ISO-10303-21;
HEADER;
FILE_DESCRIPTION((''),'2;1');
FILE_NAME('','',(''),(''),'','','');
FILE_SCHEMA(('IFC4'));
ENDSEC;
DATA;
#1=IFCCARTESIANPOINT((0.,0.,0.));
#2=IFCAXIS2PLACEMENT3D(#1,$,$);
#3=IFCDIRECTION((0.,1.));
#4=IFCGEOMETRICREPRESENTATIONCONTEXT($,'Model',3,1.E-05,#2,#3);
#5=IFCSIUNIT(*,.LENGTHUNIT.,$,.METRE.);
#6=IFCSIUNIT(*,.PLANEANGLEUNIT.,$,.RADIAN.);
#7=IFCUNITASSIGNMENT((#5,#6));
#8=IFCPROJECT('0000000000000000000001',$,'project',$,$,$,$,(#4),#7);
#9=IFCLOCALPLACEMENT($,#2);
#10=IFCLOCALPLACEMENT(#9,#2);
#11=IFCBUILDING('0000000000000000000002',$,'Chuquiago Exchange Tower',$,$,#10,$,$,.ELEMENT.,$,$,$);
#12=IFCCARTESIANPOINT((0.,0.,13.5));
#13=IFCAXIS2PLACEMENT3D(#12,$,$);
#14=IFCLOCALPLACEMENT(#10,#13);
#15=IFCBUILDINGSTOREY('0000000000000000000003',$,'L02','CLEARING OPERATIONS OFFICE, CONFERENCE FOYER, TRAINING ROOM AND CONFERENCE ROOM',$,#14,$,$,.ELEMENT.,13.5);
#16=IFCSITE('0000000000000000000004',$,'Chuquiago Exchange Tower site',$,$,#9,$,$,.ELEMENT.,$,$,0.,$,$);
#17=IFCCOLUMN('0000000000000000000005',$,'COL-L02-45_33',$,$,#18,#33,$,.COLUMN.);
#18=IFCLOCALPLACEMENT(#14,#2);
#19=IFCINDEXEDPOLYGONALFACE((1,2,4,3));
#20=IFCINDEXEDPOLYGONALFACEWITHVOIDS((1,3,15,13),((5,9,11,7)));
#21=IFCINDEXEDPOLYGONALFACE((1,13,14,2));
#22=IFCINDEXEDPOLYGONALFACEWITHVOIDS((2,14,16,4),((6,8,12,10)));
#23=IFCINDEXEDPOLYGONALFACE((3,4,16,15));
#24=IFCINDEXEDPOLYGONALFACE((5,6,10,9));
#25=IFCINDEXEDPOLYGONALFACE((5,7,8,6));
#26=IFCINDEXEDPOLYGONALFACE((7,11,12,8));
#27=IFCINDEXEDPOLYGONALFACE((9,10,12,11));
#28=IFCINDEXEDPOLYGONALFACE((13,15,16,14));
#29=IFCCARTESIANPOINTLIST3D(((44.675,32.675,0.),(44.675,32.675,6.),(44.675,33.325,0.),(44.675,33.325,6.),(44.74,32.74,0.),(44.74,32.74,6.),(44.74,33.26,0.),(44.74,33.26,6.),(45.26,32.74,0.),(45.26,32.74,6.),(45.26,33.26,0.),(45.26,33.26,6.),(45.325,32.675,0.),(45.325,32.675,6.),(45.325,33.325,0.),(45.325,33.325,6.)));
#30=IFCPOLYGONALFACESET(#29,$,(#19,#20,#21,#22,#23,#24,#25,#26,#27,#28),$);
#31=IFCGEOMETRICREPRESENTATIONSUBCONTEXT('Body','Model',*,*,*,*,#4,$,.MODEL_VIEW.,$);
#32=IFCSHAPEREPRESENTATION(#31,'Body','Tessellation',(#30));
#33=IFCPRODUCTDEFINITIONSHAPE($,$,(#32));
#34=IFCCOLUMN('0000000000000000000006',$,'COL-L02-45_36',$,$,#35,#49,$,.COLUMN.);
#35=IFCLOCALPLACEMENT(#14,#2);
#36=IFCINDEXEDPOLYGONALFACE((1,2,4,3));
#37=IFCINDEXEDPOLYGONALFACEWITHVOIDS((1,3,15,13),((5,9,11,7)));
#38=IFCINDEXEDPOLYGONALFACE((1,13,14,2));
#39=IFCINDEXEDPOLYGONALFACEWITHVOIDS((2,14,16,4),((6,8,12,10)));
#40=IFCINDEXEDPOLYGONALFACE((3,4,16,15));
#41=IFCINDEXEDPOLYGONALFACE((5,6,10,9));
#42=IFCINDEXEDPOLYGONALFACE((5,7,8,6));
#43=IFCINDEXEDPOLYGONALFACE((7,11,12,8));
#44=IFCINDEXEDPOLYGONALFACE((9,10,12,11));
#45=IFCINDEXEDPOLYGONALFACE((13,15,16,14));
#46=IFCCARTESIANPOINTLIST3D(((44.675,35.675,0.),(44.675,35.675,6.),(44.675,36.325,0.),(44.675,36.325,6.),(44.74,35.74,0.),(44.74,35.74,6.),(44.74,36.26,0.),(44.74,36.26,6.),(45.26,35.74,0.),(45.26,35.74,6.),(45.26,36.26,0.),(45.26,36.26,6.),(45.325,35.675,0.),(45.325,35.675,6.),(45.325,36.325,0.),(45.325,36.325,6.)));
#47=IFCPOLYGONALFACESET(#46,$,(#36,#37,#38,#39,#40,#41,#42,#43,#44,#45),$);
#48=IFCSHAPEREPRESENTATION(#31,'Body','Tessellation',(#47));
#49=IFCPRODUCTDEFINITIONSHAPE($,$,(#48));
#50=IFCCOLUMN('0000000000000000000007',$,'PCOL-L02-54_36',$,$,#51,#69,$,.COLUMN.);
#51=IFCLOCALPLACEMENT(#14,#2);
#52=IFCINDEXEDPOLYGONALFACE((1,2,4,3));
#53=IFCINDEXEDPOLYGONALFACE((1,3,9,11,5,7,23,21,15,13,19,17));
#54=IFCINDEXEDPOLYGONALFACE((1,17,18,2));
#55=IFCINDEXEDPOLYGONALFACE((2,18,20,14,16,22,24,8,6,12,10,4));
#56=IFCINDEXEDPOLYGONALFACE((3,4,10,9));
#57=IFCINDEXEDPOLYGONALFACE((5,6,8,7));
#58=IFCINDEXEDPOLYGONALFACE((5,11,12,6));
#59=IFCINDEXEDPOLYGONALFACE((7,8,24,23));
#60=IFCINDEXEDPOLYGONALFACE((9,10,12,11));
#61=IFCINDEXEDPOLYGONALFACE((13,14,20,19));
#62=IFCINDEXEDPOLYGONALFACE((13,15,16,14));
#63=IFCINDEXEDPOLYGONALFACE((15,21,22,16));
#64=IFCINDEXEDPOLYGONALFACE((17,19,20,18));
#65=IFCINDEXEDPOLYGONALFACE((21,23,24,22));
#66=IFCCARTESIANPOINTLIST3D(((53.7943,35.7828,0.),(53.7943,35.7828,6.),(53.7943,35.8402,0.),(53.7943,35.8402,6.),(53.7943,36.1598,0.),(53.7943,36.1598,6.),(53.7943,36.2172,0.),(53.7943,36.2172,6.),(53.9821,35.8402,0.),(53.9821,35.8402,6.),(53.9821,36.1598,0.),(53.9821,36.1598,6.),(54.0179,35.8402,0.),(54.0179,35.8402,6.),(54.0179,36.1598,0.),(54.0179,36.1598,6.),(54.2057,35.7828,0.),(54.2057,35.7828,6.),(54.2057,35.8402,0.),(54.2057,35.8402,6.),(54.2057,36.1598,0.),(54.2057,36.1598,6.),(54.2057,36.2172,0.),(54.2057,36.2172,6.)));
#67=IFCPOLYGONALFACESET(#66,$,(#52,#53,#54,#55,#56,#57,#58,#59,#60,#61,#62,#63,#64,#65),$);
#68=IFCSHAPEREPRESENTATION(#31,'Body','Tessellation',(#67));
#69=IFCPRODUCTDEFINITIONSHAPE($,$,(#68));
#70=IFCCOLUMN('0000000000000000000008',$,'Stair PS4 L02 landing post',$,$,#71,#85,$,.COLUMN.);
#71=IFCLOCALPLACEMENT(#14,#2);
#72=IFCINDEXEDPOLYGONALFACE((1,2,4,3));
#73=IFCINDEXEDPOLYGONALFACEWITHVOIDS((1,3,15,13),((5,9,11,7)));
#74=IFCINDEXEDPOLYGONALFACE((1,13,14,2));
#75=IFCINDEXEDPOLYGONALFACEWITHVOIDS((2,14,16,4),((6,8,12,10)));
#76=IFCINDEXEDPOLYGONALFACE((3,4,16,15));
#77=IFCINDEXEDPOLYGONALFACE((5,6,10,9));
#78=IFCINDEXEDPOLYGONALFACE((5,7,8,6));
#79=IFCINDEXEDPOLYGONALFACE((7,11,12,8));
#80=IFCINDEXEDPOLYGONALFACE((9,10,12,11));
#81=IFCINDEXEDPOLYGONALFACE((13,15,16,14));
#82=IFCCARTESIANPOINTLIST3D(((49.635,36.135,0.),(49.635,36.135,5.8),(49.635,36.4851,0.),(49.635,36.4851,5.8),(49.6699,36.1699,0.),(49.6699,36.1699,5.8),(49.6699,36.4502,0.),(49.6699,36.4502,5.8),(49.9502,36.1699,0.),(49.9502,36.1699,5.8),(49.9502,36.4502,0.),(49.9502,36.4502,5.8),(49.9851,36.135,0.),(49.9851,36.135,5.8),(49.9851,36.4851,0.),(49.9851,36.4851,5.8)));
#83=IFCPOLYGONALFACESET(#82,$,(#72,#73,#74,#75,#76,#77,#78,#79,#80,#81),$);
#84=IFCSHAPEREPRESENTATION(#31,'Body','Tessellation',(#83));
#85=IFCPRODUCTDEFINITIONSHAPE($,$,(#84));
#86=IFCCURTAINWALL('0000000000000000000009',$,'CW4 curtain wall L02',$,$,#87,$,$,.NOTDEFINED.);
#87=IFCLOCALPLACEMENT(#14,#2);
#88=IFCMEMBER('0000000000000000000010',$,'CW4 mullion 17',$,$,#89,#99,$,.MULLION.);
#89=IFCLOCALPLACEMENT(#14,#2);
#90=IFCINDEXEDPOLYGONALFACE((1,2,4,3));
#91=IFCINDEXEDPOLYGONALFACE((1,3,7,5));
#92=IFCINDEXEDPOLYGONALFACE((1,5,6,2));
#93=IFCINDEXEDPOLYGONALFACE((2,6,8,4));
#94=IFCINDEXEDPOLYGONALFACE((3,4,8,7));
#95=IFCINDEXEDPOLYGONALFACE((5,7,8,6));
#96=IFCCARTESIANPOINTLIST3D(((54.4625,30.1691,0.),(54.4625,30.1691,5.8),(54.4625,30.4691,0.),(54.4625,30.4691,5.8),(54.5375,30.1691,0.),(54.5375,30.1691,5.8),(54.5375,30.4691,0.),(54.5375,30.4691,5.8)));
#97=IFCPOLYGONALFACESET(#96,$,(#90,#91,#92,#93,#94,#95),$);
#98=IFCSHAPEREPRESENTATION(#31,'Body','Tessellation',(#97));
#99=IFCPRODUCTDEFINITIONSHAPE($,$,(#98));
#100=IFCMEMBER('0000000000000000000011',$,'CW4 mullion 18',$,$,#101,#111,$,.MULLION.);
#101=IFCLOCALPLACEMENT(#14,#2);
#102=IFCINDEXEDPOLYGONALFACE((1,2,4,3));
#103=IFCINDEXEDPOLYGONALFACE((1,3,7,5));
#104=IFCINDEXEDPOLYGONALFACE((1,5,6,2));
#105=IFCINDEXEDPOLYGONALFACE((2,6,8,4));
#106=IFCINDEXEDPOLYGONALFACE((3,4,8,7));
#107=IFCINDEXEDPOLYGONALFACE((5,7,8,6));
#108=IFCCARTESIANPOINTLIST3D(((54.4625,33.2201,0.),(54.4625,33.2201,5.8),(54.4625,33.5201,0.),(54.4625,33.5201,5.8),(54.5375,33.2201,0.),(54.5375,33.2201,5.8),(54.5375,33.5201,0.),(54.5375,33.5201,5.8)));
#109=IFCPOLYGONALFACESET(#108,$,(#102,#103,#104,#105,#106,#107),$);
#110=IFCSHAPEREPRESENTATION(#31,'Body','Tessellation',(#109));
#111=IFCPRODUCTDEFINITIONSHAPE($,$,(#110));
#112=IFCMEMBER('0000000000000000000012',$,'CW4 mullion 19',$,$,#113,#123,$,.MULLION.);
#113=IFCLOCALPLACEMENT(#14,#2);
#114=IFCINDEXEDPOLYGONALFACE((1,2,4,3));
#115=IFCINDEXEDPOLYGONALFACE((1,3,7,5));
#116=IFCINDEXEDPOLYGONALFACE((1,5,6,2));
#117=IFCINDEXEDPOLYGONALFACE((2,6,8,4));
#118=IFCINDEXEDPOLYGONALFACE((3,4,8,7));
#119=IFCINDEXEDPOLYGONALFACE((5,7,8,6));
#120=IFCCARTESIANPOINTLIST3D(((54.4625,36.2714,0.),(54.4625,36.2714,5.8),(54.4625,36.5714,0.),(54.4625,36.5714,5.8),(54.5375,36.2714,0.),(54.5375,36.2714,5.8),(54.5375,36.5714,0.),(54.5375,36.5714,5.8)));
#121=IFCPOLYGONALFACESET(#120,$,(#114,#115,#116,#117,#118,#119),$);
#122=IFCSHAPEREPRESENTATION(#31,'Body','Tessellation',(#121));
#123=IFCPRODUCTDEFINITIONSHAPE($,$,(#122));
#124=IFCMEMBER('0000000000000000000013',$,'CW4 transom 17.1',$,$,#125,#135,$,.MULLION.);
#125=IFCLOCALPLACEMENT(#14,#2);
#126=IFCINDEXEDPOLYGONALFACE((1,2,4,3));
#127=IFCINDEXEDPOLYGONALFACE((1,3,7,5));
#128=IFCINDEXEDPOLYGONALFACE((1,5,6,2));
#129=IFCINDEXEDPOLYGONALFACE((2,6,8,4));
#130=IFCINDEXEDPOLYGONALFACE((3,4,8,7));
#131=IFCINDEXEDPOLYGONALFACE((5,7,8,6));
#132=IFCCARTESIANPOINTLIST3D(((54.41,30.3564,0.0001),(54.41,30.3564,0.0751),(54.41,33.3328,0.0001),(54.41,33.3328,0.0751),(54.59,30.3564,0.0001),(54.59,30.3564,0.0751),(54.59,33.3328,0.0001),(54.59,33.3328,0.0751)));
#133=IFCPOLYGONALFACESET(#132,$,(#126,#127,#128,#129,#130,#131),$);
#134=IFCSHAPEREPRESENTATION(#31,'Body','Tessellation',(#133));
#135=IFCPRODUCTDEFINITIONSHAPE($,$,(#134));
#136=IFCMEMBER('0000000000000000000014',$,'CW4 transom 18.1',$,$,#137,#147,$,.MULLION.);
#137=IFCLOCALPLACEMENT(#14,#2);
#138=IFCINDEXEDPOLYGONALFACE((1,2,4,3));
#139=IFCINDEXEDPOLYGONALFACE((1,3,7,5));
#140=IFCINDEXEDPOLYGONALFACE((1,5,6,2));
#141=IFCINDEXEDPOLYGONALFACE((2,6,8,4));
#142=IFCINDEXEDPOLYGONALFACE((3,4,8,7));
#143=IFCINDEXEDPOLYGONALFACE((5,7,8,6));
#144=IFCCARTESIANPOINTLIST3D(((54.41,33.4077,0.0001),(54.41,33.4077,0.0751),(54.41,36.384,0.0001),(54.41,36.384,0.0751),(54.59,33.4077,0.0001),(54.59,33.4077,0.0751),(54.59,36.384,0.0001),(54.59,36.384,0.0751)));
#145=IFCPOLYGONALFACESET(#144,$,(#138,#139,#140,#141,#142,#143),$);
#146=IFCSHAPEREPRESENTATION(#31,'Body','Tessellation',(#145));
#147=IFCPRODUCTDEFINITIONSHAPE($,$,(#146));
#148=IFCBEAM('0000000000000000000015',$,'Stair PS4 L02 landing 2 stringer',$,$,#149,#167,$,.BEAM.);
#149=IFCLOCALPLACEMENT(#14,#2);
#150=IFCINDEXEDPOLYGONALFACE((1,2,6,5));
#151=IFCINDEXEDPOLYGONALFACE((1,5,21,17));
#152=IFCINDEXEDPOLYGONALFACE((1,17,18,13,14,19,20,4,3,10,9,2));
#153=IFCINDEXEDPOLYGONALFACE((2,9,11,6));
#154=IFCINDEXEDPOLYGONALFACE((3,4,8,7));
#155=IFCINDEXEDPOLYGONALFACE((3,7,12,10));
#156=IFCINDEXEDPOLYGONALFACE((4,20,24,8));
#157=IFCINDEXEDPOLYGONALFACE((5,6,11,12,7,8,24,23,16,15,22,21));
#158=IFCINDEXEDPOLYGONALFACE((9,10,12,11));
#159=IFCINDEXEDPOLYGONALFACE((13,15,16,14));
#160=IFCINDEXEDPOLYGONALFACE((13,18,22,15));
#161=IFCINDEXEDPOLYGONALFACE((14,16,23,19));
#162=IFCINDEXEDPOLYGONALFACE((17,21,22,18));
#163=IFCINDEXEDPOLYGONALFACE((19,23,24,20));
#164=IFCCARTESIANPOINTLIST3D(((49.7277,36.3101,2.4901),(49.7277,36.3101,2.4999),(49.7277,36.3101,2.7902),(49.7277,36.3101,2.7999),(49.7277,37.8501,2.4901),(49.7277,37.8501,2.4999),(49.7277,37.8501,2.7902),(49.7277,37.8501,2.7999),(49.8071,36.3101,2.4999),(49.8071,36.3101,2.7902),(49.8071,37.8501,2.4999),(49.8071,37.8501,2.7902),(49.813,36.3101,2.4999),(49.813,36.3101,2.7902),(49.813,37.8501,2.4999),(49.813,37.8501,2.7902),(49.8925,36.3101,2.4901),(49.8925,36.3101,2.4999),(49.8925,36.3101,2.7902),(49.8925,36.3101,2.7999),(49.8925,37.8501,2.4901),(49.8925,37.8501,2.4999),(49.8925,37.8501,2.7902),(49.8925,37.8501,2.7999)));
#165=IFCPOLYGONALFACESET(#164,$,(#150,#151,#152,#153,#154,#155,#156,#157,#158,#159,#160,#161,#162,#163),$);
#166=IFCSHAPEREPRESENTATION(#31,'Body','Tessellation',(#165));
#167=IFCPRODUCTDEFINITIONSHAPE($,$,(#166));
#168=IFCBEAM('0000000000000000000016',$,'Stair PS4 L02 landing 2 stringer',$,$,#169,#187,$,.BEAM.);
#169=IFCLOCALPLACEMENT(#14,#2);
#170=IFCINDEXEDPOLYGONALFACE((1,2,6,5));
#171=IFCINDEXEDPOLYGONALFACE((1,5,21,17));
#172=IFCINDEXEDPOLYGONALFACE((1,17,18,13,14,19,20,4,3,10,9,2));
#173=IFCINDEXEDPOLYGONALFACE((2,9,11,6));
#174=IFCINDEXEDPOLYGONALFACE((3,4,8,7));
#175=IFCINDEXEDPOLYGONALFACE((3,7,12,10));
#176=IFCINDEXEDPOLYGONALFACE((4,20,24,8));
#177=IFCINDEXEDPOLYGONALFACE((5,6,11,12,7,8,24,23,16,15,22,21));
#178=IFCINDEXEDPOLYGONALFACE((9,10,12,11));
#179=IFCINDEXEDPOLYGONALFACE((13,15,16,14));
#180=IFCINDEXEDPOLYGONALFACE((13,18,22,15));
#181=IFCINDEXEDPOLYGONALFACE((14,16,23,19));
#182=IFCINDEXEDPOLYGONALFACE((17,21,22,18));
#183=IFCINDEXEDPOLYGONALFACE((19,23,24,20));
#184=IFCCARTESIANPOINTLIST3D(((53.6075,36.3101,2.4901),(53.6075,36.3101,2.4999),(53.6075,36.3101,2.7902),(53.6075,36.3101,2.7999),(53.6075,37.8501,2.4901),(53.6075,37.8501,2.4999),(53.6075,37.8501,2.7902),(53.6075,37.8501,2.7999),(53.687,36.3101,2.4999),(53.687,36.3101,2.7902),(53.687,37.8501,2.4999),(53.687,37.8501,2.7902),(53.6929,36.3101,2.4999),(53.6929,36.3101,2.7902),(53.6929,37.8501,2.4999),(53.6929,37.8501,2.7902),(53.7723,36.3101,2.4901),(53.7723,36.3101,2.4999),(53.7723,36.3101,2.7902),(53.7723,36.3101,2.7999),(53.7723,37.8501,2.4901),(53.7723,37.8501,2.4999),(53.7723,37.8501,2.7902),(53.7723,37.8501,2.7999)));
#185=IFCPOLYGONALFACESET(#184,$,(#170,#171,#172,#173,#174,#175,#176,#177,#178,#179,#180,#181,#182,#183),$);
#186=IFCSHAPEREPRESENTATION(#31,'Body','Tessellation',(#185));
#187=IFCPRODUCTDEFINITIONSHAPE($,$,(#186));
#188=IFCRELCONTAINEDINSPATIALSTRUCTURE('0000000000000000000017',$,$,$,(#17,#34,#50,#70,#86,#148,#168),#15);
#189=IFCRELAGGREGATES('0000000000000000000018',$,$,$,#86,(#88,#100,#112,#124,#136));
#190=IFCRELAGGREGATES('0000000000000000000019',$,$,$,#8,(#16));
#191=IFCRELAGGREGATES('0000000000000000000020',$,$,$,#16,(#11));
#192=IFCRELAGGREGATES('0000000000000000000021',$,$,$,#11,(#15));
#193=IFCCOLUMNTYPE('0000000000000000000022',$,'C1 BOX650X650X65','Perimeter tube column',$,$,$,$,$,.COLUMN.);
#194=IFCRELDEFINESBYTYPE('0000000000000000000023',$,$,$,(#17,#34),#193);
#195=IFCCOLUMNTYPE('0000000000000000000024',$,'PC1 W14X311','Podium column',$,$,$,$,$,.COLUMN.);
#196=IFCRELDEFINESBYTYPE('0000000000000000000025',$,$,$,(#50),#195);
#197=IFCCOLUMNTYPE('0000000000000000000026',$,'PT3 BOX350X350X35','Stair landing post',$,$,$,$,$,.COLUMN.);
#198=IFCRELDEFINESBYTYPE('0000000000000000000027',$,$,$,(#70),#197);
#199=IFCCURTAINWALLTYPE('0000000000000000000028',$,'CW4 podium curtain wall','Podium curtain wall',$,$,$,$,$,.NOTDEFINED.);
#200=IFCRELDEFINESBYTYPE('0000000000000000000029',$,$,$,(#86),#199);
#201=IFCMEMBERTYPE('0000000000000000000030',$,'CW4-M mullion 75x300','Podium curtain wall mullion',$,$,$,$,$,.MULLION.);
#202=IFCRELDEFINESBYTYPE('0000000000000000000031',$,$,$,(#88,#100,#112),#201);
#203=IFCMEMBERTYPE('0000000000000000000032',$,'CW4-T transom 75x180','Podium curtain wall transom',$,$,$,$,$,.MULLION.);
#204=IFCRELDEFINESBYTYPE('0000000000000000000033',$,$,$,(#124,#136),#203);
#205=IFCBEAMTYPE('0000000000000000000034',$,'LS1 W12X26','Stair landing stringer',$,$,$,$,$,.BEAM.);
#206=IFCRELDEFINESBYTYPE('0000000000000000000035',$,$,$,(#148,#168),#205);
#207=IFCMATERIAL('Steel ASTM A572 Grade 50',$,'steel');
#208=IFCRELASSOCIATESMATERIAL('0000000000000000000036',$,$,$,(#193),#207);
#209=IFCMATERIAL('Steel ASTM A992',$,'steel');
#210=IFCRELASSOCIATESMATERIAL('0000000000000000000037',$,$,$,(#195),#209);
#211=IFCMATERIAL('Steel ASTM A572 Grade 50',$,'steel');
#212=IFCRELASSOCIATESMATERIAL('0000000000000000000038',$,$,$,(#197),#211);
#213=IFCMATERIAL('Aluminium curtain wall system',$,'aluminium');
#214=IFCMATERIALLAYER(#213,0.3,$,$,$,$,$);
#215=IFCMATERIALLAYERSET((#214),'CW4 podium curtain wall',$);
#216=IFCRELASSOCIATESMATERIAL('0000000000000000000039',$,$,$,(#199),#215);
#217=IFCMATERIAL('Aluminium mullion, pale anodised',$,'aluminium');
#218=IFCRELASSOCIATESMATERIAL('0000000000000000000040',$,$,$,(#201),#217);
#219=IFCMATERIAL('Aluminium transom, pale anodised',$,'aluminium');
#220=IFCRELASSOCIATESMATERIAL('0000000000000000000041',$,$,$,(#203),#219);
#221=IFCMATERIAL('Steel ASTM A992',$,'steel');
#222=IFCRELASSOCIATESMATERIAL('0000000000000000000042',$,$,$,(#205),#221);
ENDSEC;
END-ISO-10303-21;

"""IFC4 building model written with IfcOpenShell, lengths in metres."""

from ifc_helpers import new_model, si_unit, direction, frame, origin, origin_2d, place, context, subcontext, project, spatial, rectangle, hollow_rectangle, i_section, extrude, material, layer, layer_set, material_profile, profile_set, type_object, element, aggregate, save


model = new_model("IFC4")

# Units and contexts
model_context = context("Model", 3, precision=1e-05, world=origin(), true_north=direction((0.0, 1.0)))
body_context = subcontext(model_context, "Body", "Model", "MODEL_VIEW")
ifc_project = project(units=[si_unit("LENGTHUNIT", "METRE"), si_unit("PLANEANGLEUNIT", "RADIAN")], contexts=[model_context])

# Site, building, storey
site_placement = place(None, origin())
site = spatial("IfcSite", under=ifc_project, at=site_placement, Name="Chuquiago Exchange Tower site", CompositionType="ELEMENT", RefElevation=0.0)
building_placement = place(site_placement, origin())
building = spatial("IfcBuilding", under=site, at=building_placement, Name="Chuquiago Exchange Tower", CompositionType="ELEMENT")
storey_placement = place(building_placement, frame((0.0, 0.0, 13.5)))
storey = spatial("IfcBuildingStorey", under=building, at=storey_placement, Name="L02", Description="CLEARING OPERATIONS OFFICE, CONFERENCE FOYER, TRAINING ROOM AND CONFERENCE ROOM", CompositionType="ELEMENT", Elevation=13.5)

# Columns
ifc_material_1 = material(Name="Steel ASTM A572 Grade 50", Category="steel")
ifc_material_profile_1 = material_profile(ifc_material_1, hollow_rectangle(XDim=0.6499, YDim=0.6499, WallThickness=0.0649, at=origin_2d()), Name="BOX650X650X65")
ifc_profile_set_1 = profile_set([ifc_material_profile_1], Name="Steel ASTM A572 Grade 50")
column_type_1 = type_object("IfcColumnType", Name="C1 BOX650X650X65", Description="Perimeter tube column", PredefinedType="COLUMN", material=ifc_profile_set_1)
for number, where, z_axis, x_axis, name in (
    (1, (45.0, 33.0, 0.0), (0.0, 0.0, 1.0), (1.0, 0.0, 0.0), "COL-L02-45_33"),
    (2, (45.0, 36.0, 0.0), (0.0, 0.0, 1.0), (1.0, 0.0, 0.0), "COL-L02-45_36"),
):
    element("IfcColumn", number, at=place(storey_placement, frame(where, z_axis=z_axis, x_axis=x_axis)), inside=storey, type_object=column_type_1, Name=name, PredefinedType="COLUMN", context=body_context, shape_type="SweptSolid", body=[
        extrude(hollow_rectangle(XDim=0.6499, YDim=0.6499, WallThickness=0.0649, at=origin_2d()), origin(), (0.0, 0.0, 1.0), 6.0),
    ])
ifc_material_2 = material(Name="Steel ASTM A992", Category="steel")
ifc_material_profile_2 = material_profile(ifc_material_2, i_section(OverallWidth=0.4114, OverallDepth=0.4343, WebThickness=0.0359, FlangeThickness=0.0574, at=origin_2d()), Name="W14X311")
ifc_profile_set_2 = profile_set([ifc_material_profile_2], Name="Steel ASTM A992")
column_type_2 = type_object("IfcColumnType", Name="PC1 W14X311", Description="Podium column", PredefinedType="COLUMN", material=ifc_profile_set_2)
column_1_placement = place(storey_placement, frame((54.0, 36.0, 0.0), z_axis=(0.0, 0.0, 1.0), x_axis=(1.0, 0.0, 0.0)))
element("IfcColumn", 3, at=column_1_placement, inside=storey, type_object=column_type_2, Name="PCOL-L02-54_36", PredefinedType="COLUMN", context=body_context, shape_type="SweptSolid", body=[
    extrude(i_section(OverallWidth=0.4114, OverallDepth=0.4343, WebThickness=0.0359, FlangeThickness=0.0574, at=origin_2d()), origin(), (0.0, 0.0, 1.0), 6.0),
])
ifc_material_3 = material(Name="Steel ASTM A572 Grade 50", Category="steel")
ifc_material_profile_3 = material_profile(ifc_material_3, hollow_rectangle(XDim=0.3501, YDim=0.3501, WallThickness=0.0349, at=origin_2d()), Name="BOX350X350X35")
ifc_profile_set_3 = profile_set([ifc_material_profile_3], Name="Steel ASTM A572 Grade 50")
column_type_3 = type_object("IfcColumnType", Name="PT3 BOX350X350X35", Description="Stair landing post", PredefinedType="COLUMN", material=ifc_profile_set_3)
column_2_placement = place(storey_placement, frame((49.8101, 36.3101, 0.0), z_axis=(0.0, 0.0, 1.0), x_axis=(1.0, 0.0, 0.0)))
element("IfcColumn", 4, at=column_2_placement, inside=storey, type_object=column_type_3, Name="Stair PS4 L02 landing post", PredefinedType="COLUMN", context=body_context, shape_type="SweptSolid", body=[
    extrude(hollow_rectangle(XDim=0.3501, YDim=0.3501, WallThickness=0.0349, at=origin_2d()), origin(), (0.0, 0.0, 1.0), 5.8),
])

# Curtain wall, members
ifc_material_4 = material(Name="Aluminium curtain wall system", Category="aluminium")
ifc_layer_1 = layer(ifc_material_4, 0.3)
ifc_layer_set_1 = layer_set([ifc_layer_1], Name="CW4 podium curtain wall")
curtain_wall_type = type_object("IfcCurtainWallType", Name="CW4 podium curtain wall", Description="Podium curtain wall", PredefinedType="NOTDEFINED", material=ifc_layer_set_1)
curtain_wall_placement = place(storey_placement, origin())
curtain_wall = element("IfcCurtainWall", 5, at=curtain_wall_placement, inside=storey, type_object=curtain_wall_type, Name="CW4 curtain wall L02", PredefinedType="NOTDEFINED")
ifc_material_5 = material(Name="Aluminium mullion, pale anodised", Category="aluminium")
ifc_material_profile_4 = material_profile(ifc_material_5, rectangle(XDim=0.075, YDim=0.3, at=origin_2d()), Name="AL 75x300")
ifc_profile_set_4 = profile_set([ifc_material_profile_4], Name="Aluminium mullion, pale anodised")
member_type_1 = type_object("IfcMemberType", Name="CW4-M mullion 75x300", Description="Podium curtain wall mullion", PredefinedType="MULLION", material=ifc_profile_set_4)
member_1_placement = place(storey_placement, frame((54.5, 30.3191, 0.0), z_axis=(0.0, 0.0, 1.0), x_axis=(-1.0, 0.0, 0.0)))
member_1 = element("IfcMember", 6, at=member_1_placement, type_object=member_type_1, Name="CW4 mullion 17", PredefinedType="MULLION", context=body_context, shape_type="SweptSolid", body=[
    extrude(rectangle(XDim=0.075, YDim=0.3, at=origin_2d()), origin(), (0.0, 0.0, 1.0), 5.8),
])
member_2_placement = place(storey_placement, frame((54.5, 33.3701, 0.0), z_axis=(0.0, 0.0, 1.0), x_axis=(-1.0, 0.0, 0.0)))
member_2 = element("IfcMember", 7, at=member_2_placement, type_object=member_type_1, Name="CW4 mullion 18", PredefinedType="MULLION", context=body_context, shape_type="SweptSolid", body=[
    extrude(rectangle(XDim=0.075, YDim=0.3, at=origin_2d()), origin(), (0.0, 0.0, 1.0), 5.8),
])
member_3_placement = place(storey_placement, frame((54.5, 36.4214, 0.0), z_axis=(0.0, 0.0, 1.0), x_axis=(-1.0, 0.0, 0.0)))
member_3 = element("IfcMember", 8, at=member_3_placement, type_object=member_type_1, Name="CW4 mullion 19", PredefinedType="MULLION", context=body_context, shape_type="SweptSolid", body=[
    extrude(rectangle(XDim=0.075, YDim=0.3, at=origin_2d()), origin(), (0.0, 0.0, 1.0), 5.8),
])
ifc_material_6 = material(Name="Aluminium transom, pale anodised", Category="aluminium")
ifc_material_profile_5 = material_profile(ifc_material_6, rectangle(XDim=0.1799, YDim=0.075, at=origin_2d()), Name="AL 180x75")
ifc_profile_set_5 = profile_set([ifc_material_profile_5], Name="Aluminium transom, pale anodised")
member_type_2 = type_object("IfcMemberType", Name="CW4-T transom 75x180", Description="Podium curtain wall transom", PredefinedType="MULLION", material=ifc_profile_set_5)
member_4_placement = place(storey_placement, frame((54.5, 30.3564, 0.0376), z_axis=(0.0, 1.0, 0.0), x_axis=(-1.0, 0.0, 0.0)))
member_4 = element("IfcMember", 9, at=member_4_placement, type_object=member_type_2, Name="CW4 transom 17.1", PredefinedType="MULLION", context=body_context, shape_type="SweptSolid", body=[
    extrude(rectangle(XDim=0.1799, YDim=0.075, at=origin_2d()), origin(), (0.0, 0.0, 1.0), 2.9763),
])
member_5_placement = place(storey_placement, frame((54.5, 33.4077, 0.0376), z_axis=(0.0, 1.0, 0.0), x_axis=(-1.0, 0.0, 0.0)))
member_5 = element("IfcMember", 10, at=member_5_placement, type_object=member_type_2, Name="CW4 transom 18.1", PredefinedType="MULLION", context=body_context, shape_type="SweptSolid", body=[
    extrude(rectangle(XDim=0.1799, YDim=0.075, at=origin_2d()), origin(), (0.0, 0.0, 1.0), 2.9763),
])

# Beams
ifc_material_7 = material(Name="Steel ASTM A992", Category="steel")
ifc_material_profile_6 = material_profile(ifc_material_7, i_section(OverallWidth=0.1648, OverallDepth=0.3098, WebThickness=0.0059, FlangeThickness=0.0098, at=origin_2d()), Name="W12X26")
ifc_profile_set_6 = profile_set([ifc_material_profile_6], Name="Steel ASTM A992")
beam_type_1 = type_object("IfcBeamType", Name="LS1 W12X26", Description="Stair landing stringer", PredefinedType="BEAM", material=ifc_profile_set_6)
for number, where, z_axis, x_axis, name in (
    (11, (49.8101, 36.3101, 2.645), (0.0, 1.0, 0.0), (-1.0, 0.0, 0.0), "Stair PS4 L02 landing 2 stringer"),
    (12, (53.6899, 36.3101, 2.645), (0.0, 1.0, 0.0), (-1.0, 0.0, 0.0), "Stair PS4 L02 landing 2 stringer"),
):
    element("IfcBeam", number, at=place(storey_placement, frame(where, z_axis=z_axis, x_axis=x_axis)), inside=storey, type_object=beam_type_1, Name=name, PredefinedType="BEAM", context=body_context, shape_type="SweptSolid", body=[
        extrude(i_section(OverallWidth=0.1648, OverallDepth=0.3098, WebThickness=0.0059, FlangeThickness=0.0098, at=origin_2d()), origin(), (0.0, 0.0, 1.0), 1.54),
    ])

aggregate(curtain_wall, [member_1, member_2, member_3, member_4, member_5])

save(model, "model.ifc")
